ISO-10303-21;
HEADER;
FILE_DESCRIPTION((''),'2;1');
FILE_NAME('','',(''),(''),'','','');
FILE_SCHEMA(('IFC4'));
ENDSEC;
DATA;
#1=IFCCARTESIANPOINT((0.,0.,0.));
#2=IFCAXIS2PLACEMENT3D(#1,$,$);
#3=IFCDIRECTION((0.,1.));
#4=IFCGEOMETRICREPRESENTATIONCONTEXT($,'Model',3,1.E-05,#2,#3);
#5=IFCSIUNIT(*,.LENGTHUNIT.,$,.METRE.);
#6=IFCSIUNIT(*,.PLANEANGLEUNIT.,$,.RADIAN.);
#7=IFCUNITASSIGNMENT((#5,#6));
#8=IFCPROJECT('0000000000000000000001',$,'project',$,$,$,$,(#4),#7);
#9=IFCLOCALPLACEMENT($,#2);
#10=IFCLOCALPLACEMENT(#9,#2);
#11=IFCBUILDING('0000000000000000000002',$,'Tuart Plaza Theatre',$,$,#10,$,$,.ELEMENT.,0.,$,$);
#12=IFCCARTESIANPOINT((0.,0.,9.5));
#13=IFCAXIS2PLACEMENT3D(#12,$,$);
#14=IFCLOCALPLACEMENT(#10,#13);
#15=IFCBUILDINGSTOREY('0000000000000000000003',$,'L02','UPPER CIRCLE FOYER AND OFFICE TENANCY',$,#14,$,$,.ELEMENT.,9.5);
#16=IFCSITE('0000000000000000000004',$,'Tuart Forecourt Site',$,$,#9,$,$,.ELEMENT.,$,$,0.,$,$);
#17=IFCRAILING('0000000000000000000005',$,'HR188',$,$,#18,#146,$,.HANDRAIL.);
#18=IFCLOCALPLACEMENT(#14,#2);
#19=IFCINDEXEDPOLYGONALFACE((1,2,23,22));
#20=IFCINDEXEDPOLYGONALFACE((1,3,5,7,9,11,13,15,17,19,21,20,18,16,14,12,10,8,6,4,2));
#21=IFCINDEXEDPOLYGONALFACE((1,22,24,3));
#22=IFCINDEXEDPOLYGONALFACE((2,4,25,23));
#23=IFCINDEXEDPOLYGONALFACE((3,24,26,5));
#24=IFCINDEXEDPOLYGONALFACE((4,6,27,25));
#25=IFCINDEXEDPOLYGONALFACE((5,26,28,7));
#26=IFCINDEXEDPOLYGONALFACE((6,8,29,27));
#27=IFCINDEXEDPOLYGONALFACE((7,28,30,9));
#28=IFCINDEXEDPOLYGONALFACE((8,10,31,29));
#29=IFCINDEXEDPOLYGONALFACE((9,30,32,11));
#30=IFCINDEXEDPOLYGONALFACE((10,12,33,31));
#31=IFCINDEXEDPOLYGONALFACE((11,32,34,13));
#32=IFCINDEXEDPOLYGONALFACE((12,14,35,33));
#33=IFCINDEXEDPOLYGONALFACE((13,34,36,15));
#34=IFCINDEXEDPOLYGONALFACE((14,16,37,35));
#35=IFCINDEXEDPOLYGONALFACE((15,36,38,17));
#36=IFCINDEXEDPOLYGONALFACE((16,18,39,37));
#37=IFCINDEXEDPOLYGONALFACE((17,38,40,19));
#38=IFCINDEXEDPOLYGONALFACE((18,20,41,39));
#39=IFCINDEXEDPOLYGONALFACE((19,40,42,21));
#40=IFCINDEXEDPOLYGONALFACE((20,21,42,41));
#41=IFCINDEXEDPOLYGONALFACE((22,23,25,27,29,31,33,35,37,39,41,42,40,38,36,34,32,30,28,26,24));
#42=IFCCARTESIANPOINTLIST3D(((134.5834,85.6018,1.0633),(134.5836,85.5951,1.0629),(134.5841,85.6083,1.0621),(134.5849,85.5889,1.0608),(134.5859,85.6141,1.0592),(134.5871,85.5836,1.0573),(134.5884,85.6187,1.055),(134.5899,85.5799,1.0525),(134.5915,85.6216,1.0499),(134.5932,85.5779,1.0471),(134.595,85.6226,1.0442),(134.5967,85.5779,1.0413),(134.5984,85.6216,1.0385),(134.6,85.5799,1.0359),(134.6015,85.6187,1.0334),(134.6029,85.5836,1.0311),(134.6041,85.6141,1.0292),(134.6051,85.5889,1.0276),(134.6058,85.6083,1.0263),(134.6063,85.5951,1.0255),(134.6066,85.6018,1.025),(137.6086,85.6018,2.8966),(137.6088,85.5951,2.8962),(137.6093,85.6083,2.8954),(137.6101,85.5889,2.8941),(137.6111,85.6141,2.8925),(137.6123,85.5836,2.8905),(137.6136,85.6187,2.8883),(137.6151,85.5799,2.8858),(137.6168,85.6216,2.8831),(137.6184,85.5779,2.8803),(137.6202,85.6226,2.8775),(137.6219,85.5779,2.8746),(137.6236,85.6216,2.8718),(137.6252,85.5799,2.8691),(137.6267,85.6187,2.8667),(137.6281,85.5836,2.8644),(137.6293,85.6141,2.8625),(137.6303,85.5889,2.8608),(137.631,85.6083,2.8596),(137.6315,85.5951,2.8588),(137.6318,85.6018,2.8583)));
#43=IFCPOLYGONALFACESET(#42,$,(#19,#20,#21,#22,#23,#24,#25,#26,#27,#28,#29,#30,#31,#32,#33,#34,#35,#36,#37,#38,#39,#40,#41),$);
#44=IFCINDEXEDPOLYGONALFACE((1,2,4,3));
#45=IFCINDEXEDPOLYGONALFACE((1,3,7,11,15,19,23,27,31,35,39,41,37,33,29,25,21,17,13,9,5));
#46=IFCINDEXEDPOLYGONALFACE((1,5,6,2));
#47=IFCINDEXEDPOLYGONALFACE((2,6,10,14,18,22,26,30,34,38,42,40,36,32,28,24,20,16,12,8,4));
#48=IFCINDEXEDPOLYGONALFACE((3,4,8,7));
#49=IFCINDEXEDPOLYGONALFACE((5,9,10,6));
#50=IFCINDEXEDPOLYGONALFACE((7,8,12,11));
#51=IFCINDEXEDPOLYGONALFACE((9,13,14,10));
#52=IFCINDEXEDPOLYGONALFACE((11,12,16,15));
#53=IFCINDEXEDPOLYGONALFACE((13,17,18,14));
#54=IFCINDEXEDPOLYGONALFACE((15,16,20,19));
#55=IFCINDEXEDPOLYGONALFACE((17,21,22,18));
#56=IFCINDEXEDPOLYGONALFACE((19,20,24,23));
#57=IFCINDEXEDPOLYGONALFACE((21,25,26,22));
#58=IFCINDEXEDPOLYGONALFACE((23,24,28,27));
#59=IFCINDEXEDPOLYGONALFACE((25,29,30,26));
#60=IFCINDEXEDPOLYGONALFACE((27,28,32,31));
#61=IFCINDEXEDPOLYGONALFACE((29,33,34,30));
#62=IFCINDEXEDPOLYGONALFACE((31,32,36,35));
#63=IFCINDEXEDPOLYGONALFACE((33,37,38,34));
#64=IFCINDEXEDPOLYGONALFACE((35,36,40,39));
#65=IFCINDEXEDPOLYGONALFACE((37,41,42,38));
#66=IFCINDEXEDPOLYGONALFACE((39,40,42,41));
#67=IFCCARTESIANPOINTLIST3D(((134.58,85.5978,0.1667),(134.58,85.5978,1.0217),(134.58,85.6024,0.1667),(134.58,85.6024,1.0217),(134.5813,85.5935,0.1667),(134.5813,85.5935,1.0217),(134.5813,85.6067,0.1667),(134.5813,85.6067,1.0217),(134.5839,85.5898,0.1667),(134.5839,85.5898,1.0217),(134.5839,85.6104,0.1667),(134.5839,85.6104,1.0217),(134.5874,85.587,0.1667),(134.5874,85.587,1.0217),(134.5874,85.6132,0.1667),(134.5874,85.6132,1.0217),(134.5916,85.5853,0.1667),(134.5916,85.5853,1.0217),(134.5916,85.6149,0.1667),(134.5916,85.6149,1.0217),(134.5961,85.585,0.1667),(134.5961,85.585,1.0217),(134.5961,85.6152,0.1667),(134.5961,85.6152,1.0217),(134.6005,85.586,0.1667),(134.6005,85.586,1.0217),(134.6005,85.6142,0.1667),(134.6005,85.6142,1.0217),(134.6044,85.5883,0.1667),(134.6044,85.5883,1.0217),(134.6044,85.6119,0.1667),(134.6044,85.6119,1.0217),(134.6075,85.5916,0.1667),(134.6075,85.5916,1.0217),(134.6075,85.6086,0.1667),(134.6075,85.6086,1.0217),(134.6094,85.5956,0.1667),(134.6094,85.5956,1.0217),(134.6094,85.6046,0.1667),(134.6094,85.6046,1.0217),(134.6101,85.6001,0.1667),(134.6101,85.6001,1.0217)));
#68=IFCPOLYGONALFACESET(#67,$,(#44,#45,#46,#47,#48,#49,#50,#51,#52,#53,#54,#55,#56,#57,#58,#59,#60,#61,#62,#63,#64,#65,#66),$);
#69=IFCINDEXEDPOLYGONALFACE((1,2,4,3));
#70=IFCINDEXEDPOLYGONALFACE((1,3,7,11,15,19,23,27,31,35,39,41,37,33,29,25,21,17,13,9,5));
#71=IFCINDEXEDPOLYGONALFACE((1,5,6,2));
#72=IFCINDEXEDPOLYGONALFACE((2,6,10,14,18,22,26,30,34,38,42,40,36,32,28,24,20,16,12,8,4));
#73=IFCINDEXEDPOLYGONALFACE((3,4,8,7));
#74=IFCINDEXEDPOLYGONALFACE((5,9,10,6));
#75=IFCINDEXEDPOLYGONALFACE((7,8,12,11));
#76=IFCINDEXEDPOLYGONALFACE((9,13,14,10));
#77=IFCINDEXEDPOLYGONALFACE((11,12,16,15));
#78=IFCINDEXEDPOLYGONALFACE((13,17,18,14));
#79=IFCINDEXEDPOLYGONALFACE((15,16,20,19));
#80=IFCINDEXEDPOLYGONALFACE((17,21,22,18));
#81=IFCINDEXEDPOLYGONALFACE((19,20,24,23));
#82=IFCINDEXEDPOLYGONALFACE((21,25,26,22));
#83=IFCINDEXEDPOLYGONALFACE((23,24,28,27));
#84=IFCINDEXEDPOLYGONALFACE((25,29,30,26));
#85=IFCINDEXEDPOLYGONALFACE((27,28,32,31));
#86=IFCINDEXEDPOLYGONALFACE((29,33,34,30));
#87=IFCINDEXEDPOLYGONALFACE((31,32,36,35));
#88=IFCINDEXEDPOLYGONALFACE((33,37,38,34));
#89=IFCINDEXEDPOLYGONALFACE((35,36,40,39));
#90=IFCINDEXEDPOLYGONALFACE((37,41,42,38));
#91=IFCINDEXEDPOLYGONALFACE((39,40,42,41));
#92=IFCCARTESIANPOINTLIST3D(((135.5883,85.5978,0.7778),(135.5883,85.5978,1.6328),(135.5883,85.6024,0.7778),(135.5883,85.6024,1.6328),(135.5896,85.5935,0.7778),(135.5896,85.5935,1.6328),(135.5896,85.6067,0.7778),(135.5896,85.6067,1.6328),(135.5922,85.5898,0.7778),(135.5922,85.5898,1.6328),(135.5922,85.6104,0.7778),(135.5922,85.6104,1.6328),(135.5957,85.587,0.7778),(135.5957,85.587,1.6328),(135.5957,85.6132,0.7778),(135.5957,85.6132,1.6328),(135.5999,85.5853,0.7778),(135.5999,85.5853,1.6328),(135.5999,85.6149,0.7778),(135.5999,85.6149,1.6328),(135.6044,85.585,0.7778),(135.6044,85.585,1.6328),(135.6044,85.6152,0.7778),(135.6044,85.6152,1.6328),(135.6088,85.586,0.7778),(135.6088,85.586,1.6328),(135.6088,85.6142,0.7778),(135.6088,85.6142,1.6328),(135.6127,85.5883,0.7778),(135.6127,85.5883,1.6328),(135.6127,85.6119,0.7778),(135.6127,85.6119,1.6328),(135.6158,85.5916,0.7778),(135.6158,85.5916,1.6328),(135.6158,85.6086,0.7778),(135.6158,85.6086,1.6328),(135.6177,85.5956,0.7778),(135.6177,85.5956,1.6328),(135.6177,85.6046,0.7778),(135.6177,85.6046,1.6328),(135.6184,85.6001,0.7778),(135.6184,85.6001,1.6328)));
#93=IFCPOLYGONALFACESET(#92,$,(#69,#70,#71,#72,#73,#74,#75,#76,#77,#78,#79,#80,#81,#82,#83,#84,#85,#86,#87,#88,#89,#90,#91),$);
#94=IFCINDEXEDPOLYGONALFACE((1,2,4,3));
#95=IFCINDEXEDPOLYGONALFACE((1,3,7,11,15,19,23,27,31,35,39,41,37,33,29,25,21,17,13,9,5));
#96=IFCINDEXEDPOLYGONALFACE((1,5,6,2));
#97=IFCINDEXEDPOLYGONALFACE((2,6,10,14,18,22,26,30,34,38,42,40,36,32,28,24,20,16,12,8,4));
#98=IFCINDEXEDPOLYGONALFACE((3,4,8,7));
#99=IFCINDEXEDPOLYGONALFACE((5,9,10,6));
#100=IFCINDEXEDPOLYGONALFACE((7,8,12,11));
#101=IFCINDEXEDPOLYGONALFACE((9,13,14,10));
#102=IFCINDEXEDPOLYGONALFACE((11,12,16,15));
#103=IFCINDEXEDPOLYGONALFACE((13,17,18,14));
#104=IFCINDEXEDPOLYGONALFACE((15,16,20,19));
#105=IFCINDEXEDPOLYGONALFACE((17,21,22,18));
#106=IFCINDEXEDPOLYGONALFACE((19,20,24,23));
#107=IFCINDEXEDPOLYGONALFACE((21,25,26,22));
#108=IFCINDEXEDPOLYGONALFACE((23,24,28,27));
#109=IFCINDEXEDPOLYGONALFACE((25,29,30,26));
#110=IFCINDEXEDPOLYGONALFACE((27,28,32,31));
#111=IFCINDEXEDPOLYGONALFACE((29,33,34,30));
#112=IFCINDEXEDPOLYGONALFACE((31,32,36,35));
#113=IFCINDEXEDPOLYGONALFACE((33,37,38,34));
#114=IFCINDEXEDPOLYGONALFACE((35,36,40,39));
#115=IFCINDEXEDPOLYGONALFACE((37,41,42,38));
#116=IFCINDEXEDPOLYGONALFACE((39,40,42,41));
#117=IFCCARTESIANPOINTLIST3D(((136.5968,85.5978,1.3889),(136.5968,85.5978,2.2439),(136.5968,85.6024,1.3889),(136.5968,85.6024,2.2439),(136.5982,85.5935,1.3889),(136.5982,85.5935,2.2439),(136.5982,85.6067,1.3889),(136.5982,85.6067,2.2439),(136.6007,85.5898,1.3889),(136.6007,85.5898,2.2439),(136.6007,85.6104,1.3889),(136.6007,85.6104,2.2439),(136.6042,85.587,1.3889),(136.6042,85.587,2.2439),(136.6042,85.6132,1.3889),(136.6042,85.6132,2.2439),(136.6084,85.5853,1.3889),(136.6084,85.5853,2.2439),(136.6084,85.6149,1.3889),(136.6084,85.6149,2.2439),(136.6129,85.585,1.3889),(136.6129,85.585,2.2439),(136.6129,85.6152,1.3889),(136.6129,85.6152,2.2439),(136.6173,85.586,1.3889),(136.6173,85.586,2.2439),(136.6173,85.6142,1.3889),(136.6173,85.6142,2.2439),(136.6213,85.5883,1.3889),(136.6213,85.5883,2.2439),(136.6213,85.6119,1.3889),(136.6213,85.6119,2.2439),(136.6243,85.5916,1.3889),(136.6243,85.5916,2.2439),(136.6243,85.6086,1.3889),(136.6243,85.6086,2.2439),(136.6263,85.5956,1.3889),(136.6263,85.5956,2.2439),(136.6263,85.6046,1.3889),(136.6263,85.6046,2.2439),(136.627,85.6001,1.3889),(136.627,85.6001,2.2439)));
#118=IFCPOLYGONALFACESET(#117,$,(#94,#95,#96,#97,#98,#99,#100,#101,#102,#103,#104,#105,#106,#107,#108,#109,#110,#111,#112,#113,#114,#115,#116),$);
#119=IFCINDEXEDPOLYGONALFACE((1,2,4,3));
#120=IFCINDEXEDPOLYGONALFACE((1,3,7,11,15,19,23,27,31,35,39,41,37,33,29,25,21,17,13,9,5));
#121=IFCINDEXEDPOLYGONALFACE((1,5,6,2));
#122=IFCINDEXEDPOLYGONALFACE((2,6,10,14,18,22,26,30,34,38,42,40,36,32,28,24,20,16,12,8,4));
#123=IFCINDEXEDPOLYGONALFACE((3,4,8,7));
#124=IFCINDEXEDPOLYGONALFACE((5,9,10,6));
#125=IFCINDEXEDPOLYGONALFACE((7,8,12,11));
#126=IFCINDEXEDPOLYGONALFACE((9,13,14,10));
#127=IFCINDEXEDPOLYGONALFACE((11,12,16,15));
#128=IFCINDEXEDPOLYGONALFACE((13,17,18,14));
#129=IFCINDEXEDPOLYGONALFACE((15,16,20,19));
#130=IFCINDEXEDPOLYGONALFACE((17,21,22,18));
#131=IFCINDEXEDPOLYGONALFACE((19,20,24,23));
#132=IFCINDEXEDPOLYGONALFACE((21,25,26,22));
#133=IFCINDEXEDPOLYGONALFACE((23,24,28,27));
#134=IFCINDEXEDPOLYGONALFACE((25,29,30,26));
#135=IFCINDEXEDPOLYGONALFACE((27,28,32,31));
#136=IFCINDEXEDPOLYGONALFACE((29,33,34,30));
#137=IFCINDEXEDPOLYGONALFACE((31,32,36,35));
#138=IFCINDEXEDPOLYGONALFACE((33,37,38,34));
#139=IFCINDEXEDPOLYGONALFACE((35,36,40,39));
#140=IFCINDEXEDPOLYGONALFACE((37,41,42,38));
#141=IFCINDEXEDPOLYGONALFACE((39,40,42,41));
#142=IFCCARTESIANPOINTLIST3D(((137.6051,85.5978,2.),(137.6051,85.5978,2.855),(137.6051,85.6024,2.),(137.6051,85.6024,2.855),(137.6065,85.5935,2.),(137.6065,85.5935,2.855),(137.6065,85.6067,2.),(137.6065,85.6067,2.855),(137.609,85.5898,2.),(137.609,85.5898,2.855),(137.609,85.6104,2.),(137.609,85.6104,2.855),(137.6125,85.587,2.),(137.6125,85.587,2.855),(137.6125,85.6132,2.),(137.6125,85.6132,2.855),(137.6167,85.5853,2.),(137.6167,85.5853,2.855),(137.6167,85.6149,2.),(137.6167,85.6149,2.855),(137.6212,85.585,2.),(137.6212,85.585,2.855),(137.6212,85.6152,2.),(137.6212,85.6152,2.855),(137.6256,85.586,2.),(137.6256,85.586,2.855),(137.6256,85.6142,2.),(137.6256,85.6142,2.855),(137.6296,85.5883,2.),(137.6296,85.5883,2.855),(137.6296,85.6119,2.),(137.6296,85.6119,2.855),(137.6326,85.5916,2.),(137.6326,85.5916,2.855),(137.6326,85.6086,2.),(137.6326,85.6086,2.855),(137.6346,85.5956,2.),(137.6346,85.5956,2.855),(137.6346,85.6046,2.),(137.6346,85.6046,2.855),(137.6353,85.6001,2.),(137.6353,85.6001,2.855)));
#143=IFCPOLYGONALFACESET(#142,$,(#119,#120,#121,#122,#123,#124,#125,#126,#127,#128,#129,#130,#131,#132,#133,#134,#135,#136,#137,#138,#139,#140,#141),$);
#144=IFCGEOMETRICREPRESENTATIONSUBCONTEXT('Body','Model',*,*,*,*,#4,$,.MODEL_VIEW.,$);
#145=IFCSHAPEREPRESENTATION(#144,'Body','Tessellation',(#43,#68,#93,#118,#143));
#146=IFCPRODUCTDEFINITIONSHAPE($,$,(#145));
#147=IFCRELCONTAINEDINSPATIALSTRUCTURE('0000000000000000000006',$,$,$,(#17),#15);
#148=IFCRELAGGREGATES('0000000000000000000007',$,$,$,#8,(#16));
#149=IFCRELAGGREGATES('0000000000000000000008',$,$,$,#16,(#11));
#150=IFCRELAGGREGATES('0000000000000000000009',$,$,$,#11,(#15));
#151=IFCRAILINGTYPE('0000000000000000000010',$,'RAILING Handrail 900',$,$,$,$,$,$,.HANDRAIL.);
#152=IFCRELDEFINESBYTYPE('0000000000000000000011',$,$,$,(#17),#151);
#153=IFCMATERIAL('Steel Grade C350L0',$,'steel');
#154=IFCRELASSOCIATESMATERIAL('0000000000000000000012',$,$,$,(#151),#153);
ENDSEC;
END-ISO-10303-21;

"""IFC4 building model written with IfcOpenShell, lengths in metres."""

from ifc_helpers import new_model, si_unit, direction, frame, origin, origin_2d, place, context, subcontext, project, spatial, circle, extrude, material, type_object, element, save


model = new_model("IFC4")

# Units and contexts
model_context = context("Model", 3, precision=1e-05, world=origin(), true_north=direction((0.0, 1.0)))
body_context = subcontext(model_context, "Body", "Model", "MODEL_VIEW")
ifc_project = project(units=[si_unit("LENGTHUNIT", "METRE"), si_unit("PLANEANGLEUNIT", "RADIAN")], contexts=[model_context])

# Site, building, storey
site_placement = place(None, origin())
site = spatial("IfcSite", under=ifc_project, at=site_placement, Name="Tuart Forecourt Site", CompositionType="ELEMENT", RefElevation=0.0)
building_placement = place(site_placement, origin())
building = spatial("IfcBuilding", under=site, at=building_placement, Name="Tuart Plaza Theatre", CompositionType="ELEMENT", ElevationOfRefHeight=0.0)
storey_placement = place(building_placement, frame((0.0, 0.0, 9.5)))
storey = spatial("IfcBuildingStorey", under=building, at=storey_placement, Name="L02", Description="UPPER CIRCLE FOYER AND OFFICE TENANCY", CompositionType="ELEMENT", Elevation=9.5)

# Railing
ifc_material_1 = material(Name="Steel Grade C350L0", Category="steel")
railing_type_1 = type_object("IfcRailingType", Name="RAILING Handrail 900", PredefinedType="HANDRAIL", material=ifc_material_1)
for number, where, name in (
    (1, (134.595, 85.6001, 0.1667), "HR188"),
):
    element("IfcRailing", number, at=place(storey_placement, frame(where)), inside=storey, type_object=railing_type_1, Name=name, PredefinedType="HANDRAIL", context=body_context, shape_type="SweptSolid", body=[
        extrude(circle(Radius=0.0225, at=origin_2d()), frame((0.0, 0.0, 0.8774), z_axis=(0.855219, 0.0, 0.518267), x_axis=(0.0, 1.0, 0.0)), (0.0, 0.0, 1.0), 3.5374),
        extrude(circle(Radius=0.0151, at=origin_2d()), origin(), (0.0, 0.0, 1.0), 0.855),
        extrude(circle(Radius=0.0151, at=origin_2d()), frame((1.0083, 0.0, 0.6111)), (0.0, 0.0, 1.0), 0.855),
        extrude(circle(Radius=0.0151, at=origin_2d()), frame((2.0168, 0.0, 1.2222)), (0.0, 0.0, 1.0), 0.855),
        extrude(circle(Radius=0.0151, at=origin_2d()), frame((3.0251, 0.0, 1.8333)), (0.0, 0.0, 1.0), 0.855),
    ])

save(model, "model.ifc")
